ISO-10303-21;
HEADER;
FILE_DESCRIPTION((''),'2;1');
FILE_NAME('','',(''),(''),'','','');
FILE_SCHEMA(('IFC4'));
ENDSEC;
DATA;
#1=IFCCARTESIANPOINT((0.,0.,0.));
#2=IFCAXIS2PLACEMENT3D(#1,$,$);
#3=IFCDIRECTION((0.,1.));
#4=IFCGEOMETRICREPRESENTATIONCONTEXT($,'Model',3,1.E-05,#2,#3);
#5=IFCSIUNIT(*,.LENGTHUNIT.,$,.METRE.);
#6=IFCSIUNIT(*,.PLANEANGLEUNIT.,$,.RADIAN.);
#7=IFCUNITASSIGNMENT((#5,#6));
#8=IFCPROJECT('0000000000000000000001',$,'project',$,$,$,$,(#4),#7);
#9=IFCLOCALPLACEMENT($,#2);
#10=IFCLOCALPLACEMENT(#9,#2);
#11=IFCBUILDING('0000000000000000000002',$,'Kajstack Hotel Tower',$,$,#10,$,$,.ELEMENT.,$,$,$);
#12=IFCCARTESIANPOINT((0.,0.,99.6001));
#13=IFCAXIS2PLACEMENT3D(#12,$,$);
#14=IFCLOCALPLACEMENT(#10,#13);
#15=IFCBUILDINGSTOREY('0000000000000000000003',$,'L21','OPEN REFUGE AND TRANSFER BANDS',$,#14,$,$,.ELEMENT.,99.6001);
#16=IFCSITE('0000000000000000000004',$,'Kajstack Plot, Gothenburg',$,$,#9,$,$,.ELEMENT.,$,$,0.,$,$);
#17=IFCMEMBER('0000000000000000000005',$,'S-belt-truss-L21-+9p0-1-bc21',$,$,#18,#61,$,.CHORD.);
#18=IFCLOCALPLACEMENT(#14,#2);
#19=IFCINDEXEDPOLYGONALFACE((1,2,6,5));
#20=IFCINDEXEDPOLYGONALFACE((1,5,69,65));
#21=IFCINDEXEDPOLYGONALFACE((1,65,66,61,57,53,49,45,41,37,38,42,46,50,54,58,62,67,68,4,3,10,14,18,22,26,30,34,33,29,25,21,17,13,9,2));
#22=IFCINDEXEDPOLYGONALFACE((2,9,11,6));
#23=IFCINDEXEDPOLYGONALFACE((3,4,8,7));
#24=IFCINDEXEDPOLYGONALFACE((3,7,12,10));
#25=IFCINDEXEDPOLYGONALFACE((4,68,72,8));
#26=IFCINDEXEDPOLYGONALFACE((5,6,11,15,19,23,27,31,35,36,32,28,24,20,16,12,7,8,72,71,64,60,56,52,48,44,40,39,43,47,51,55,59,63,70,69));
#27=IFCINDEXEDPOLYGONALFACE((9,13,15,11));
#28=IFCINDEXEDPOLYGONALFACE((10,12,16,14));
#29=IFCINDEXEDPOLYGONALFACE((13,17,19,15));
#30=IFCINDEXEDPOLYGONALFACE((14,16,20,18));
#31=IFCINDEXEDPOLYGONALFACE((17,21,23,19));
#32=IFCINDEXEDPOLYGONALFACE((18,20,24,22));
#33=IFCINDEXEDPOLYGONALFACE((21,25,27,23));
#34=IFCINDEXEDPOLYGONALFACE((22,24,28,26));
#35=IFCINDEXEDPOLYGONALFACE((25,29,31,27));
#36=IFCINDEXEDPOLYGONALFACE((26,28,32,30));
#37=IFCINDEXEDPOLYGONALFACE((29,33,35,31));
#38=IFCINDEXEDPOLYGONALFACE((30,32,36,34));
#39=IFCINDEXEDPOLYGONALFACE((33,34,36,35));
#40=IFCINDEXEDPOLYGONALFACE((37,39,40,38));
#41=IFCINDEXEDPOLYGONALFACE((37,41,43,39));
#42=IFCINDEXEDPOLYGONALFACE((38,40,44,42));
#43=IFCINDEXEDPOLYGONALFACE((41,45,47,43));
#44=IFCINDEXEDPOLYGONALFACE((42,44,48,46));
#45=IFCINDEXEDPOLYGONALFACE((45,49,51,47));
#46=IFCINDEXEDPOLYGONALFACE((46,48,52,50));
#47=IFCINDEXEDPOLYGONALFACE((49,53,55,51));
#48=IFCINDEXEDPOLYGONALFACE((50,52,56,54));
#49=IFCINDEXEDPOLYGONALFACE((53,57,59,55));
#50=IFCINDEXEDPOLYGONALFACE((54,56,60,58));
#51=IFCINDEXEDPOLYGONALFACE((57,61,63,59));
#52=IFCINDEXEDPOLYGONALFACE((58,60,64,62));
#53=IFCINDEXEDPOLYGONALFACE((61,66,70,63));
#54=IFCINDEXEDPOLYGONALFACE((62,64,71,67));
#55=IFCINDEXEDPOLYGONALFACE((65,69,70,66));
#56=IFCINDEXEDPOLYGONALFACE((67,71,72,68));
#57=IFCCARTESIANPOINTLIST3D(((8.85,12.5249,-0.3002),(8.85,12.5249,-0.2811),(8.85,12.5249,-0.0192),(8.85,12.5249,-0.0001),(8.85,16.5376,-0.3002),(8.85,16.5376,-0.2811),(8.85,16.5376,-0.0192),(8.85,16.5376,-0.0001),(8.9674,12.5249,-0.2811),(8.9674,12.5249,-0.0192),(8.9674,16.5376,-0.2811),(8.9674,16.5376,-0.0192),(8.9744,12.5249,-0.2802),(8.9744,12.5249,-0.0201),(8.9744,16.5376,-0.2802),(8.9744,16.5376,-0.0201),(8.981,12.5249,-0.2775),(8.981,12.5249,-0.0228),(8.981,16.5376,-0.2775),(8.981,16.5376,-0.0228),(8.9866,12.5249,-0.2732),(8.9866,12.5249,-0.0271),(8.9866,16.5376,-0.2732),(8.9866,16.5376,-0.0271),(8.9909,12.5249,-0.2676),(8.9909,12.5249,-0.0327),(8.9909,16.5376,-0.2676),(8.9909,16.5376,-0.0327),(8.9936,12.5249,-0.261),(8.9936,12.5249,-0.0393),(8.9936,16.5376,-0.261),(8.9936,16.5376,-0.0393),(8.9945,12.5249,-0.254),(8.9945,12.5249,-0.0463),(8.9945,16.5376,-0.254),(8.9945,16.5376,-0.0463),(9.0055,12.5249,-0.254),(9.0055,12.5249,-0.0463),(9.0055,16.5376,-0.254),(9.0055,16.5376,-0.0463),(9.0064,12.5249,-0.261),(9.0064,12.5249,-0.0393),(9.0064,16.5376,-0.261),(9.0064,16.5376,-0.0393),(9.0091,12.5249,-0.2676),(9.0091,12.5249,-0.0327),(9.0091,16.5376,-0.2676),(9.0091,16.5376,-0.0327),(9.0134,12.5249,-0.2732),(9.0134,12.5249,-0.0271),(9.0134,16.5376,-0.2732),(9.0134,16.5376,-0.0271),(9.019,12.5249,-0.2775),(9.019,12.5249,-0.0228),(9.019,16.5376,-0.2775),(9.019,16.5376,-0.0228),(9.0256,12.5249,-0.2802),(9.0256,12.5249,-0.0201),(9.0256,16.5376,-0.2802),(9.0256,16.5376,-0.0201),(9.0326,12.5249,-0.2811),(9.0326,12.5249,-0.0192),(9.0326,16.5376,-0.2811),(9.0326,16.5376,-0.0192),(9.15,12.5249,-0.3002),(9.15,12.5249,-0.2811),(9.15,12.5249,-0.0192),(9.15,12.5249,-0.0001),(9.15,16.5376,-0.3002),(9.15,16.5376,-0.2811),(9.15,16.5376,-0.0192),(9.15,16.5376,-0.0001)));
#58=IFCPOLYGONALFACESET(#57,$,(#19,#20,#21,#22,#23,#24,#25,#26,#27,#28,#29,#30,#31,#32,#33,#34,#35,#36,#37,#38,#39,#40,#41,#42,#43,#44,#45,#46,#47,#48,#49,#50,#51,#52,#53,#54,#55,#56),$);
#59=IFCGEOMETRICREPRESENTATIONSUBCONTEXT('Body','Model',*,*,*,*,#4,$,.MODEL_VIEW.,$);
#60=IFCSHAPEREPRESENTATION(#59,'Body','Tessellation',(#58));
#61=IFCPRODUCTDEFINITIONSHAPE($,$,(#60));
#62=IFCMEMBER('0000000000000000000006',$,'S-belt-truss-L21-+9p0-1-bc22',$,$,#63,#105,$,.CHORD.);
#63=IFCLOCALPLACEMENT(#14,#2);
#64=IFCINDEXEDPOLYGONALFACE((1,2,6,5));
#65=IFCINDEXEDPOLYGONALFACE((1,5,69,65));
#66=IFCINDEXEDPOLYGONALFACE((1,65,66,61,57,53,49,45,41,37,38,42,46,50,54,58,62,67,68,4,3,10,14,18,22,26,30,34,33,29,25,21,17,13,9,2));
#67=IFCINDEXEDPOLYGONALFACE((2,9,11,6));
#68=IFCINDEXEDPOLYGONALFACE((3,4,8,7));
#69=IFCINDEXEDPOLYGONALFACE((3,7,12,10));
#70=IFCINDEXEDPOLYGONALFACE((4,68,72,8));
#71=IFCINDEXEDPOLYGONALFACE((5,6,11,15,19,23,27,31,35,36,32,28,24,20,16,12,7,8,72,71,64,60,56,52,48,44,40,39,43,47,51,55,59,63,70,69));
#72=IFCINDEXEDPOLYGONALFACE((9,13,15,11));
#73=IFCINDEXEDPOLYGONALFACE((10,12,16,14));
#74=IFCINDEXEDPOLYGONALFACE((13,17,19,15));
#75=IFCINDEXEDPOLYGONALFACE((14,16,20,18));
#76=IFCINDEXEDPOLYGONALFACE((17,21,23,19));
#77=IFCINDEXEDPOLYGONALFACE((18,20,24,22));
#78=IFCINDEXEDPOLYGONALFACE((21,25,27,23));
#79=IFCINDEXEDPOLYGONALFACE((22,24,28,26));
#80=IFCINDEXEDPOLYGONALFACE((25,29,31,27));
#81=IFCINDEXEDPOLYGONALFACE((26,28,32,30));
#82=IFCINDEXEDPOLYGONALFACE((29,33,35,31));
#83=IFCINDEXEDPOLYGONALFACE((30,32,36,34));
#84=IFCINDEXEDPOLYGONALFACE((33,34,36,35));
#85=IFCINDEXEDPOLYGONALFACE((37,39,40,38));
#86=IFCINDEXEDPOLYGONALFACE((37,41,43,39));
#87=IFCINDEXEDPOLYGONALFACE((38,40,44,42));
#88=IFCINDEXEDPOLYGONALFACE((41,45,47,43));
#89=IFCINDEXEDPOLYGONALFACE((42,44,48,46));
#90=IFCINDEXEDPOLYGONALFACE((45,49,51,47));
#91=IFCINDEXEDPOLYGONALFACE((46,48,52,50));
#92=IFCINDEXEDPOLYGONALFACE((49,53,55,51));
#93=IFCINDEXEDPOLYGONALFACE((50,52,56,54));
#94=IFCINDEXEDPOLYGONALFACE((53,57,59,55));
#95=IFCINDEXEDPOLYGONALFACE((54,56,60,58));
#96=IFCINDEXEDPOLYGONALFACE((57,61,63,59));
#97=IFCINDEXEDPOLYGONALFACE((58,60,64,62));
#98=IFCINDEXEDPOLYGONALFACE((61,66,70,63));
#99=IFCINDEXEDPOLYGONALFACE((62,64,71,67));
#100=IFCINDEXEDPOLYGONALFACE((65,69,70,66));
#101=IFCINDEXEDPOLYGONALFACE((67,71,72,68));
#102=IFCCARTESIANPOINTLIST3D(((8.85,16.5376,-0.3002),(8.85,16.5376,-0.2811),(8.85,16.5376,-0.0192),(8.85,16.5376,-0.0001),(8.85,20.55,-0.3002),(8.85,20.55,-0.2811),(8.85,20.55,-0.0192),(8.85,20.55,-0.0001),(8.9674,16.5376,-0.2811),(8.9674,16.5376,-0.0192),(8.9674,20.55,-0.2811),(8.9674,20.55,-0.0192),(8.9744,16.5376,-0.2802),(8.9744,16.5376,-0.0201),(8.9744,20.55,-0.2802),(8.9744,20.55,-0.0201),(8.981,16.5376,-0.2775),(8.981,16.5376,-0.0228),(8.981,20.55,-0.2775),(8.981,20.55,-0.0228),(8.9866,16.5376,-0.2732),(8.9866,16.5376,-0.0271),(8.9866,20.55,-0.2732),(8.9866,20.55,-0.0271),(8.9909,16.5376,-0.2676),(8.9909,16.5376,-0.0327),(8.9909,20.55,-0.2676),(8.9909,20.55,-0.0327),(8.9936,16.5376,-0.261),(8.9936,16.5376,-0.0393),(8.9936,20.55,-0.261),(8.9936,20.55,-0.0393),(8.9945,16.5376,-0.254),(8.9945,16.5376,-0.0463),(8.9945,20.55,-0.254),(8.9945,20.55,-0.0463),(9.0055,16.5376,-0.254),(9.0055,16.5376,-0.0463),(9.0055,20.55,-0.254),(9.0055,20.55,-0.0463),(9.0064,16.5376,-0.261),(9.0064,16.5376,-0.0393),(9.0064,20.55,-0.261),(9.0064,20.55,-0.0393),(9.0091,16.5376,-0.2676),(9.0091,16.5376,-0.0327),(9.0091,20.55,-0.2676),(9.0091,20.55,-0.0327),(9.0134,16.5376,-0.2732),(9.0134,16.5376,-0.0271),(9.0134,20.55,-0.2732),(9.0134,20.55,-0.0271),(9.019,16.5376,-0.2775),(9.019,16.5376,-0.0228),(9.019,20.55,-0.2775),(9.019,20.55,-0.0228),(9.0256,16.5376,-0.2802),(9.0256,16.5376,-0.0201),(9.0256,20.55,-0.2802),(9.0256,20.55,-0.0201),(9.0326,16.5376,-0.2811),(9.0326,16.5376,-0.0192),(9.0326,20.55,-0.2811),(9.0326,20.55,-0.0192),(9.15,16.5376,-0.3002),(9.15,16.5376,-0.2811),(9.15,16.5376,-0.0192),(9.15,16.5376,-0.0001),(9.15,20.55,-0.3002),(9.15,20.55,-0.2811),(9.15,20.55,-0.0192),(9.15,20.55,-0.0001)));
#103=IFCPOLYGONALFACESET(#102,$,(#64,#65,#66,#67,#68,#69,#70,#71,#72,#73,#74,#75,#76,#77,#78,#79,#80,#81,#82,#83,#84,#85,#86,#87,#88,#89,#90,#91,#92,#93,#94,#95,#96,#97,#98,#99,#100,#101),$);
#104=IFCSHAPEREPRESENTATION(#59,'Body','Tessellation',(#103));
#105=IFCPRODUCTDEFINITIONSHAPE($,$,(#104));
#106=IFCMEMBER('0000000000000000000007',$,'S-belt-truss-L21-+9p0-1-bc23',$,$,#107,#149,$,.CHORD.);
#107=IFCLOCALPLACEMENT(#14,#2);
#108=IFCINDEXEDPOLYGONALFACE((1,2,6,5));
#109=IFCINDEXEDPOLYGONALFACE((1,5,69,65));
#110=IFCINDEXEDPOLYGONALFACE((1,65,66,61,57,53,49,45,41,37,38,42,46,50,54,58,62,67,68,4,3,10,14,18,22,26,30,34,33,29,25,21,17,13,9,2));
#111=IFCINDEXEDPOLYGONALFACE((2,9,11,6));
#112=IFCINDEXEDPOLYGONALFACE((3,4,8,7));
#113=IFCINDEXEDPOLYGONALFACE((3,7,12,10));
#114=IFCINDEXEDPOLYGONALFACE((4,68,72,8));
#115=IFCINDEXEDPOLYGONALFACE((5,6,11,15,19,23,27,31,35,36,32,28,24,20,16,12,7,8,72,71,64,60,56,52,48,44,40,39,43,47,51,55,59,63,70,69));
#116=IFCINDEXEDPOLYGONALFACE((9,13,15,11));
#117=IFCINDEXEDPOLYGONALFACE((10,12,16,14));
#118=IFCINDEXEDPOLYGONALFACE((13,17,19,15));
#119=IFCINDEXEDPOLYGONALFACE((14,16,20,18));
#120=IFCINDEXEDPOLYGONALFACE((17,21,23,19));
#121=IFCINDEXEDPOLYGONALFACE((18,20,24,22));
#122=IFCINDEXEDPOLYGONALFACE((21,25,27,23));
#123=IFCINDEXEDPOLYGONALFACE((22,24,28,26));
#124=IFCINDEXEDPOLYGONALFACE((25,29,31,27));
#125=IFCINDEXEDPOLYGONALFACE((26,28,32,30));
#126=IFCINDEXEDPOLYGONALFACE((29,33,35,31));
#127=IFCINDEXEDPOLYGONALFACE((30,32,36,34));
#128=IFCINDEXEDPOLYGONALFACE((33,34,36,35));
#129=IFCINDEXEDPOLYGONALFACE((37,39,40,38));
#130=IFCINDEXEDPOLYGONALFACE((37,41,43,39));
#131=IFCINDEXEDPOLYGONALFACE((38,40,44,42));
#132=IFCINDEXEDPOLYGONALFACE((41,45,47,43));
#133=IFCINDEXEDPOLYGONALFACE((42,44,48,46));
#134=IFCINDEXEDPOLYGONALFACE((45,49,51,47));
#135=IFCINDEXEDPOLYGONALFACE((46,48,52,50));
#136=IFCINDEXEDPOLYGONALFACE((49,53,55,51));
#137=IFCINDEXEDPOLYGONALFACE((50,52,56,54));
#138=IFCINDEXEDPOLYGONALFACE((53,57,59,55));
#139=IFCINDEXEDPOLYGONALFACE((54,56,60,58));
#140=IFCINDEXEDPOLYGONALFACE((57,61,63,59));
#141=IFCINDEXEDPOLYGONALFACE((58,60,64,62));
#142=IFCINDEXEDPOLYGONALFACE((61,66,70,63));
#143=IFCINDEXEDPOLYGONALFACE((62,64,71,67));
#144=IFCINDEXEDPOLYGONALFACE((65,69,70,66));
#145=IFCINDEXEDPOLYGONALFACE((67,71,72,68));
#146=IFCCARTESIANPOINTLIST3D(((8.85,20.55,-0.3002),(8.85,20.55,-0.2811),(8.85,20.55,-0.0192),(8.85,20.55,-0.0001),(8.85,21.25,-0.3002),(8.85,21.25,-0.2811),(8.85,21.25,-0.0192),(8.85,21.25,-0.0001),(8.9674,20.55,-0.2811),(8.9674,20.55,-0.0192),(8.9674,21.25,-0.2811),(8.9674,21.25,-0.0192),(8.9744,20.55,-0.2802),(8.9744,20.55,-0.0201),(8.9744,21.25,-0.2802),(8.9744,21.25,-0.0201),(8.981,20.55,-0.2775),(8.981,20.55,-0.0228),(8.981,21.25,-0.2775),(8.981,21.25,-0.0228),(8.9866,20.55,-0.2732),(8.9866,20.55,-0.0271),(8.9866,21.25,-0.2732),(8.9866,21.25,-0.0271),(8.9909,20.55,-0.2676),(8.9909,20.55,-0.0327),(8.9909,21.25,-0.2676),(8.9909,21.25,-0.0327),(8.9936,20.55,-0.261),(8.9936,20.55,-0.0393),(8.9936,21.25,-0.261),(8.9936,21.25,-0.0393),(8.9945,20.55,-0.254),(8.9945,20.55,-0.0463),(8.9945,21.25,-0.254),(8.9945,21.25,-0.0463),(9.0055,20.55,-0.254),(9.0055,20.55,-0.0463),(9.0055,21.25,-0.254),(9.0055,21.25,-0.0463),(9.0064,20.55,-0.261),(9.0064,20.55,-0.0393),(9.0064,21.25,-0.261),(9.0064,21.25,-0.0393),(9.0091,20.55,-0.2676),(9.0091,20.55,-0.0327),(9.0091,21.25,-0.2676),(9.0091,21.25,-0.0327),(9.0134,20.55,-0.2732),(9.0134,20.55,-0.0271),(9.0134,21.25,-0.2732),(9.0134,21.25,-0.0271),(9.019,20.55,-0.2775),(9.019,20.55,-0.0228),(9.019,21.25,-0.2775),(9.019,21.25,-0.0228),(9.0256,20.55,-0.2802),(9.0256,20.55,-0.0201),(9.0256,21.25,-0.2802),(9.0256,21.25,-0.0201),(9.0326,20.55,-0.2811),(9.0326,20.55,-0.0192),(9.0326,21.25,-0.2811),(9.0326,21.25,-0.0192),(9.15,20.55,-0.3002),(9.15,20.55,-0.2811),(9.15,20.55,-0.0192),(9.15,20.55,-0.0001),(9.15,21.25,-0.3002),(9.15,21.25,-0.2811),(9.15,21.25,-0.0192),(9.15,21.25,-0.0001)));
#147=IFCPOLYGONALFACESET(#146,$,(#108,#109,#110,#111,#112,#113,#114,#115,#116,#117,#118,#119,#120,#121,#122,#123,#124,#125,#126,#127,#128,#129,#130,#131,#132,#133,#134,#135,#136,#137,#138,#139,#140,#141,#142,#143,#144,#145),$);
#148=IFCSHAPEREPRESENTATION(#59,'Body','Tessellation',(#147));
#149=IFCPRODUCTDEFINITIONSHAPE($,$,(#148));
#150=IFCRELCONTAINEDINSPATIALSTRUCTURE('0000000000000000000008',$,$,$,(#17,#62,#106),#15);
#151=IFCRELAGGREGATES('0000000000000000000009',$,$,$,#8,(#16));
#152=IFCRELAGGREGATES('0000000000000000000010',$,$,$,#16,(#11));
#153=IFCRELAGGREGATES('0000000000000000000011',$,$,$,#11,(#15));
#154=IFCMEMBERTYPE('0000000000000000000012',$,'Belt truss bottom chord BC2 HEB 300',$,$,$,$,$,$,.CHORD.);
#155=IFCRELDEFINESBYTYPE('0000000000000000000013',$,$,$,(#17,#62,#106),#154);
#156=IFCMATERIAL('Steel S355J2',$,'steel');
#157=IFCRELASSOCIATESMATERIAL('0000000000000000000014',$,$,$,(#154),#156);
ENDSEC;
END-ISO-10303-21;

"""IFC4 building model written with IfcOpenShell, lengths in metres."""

from ifc_helpers import new_model, si_unit, direction, frame, origin, origin_2d, place, context, subcontext, project, spatial, i_section, extrude, material, material_profile, profile_set, type_object, element, save


model = new_model("IFC4")

# Units and contexts
model_context = context("Model", 3, precision=1e-05, world=origin(), true_north=direction((0.0, 1.0)))
body_context = subcontext(model_context, "Body", "Model", "MODEL_VIEW")
ifc_project = project(units=[si_unit("LENGTHUNIT", "METRE"), si_unit("PLANEANGLEUNIT", "RADIAN")], contexts=[model_context])

# Site, building, storey
site_placement = place(None, origin())
site = spatial("IfcSite", under=ifc_project, at=site_placement, Name="Kajstack Plot, Gothenburg", CompositionType="ELEMENT", RefElevation=0.0)
building_placement = place(site_placement, origin())
building = spatial("IfcBuilding", under=site, at=building_placement, Name="Kajstack Hotel Tower", CompositionType="ELEMENT")
storey_placement = place(building_placement, frame((0.0, 0.0, 99.6001)))
storey = spatial("IfcBuildingStorey", under=building, at=storey_placement, Name="L21", Description="OPEN REFUGE AND TRANSFER BANDS", CompositionType="ELEMENT", Elevation=99.6001)

# Members
ifc_material = material(Name="Steel S355J2", Category="steel")
ifc_material_profile_1 = material_profile(ifc_material, i_section(OverallWidth=0.3, OverallDepth=0.3, WebThickness=0.011, FlangeThickness=0.019, FilletRadius=0.0271, at=origin_2d()), Name="HEB 300")
ifc_profile_set_1 = profile_set([ifc_material_profile_1], Name="Steel S355J2")
member_type_1 = type_object("IfcMemberType", Name="Belt truss bottom chord BC2 HEB 300", PredefinedType="CHORD", material=ifc_profile_set_1)
member_1_placement = place(storey_placement, frame((9.0, 12.5249, -0.1501), z_axis=(0.0, 1.0, 0.0), x_axis=(-1.0, 0.0, 0.0)))
element("IfcMember", 1, at=member_1_placement, inside=storey, type_object=member_type_1, Name="S-belt-truss-L21-+9p0-1-bc21", PredefinedType="CHORD", context=body_context, shape_type="SweptSolid", body=[
    extrude(i_section(OverallWidth=0.3, OverallDepth=0.3, WebThickness=0.011, FlangeThickness=0.019, FilletRadius=0.0271, at=origin_2d()), origin(), (0.0, 0.0, 1.0), 4.0127),
])
member_2_placement = place(storey_placement, frame((9.0, 16.5376, -0.1501), z_axis=(0.0, 1.0, 0.0), x_axis=(-1.0, 0.0, 0.0)))
element("IfcMember", 2, at=member_2_placement, inside=storey, type_object=member_type_1, Name="S-belt-truss-L21-+9p0-1-bc22", PredefinedType="CHORD", context=body_context, shape_type="SweptSolid", body=[
    extrude(i_section(OverallWidth=0.3, OverallDepth=0.3, WebThickness=0.011, FlangeThickness=0.019, FilletRadius=0.0271, at=origin_2d()), origin(), (0.0, 0.0, 1.0), 4.0125),
])
member_3_placement = place(storey_placement, frame((9.0, 20.55, -0.1501), z_axis=(0.0, 1.0, 0.0), x_axis=(-1.0, 0.0, 0.0)))
element("IfcMember", 3, at=member_3_placement, inside=storey, type_object=member_type_1, Name="S-belt-truss-L21-+9p0-1-bc23", PredefinedType="CHORD", context=body_context, shape_type="SweptSolid", body=[
    extrude(i_section(OverallWidth=0.3, OverallDepth=0.3, WebThickness=0.011, FlangeThickness=0.019, FilletRadius=0.0271, at=origin_2d()), origin(), (0.0, 0.0, 1.0), 0.7),
])

save(model, "model.ifc")
